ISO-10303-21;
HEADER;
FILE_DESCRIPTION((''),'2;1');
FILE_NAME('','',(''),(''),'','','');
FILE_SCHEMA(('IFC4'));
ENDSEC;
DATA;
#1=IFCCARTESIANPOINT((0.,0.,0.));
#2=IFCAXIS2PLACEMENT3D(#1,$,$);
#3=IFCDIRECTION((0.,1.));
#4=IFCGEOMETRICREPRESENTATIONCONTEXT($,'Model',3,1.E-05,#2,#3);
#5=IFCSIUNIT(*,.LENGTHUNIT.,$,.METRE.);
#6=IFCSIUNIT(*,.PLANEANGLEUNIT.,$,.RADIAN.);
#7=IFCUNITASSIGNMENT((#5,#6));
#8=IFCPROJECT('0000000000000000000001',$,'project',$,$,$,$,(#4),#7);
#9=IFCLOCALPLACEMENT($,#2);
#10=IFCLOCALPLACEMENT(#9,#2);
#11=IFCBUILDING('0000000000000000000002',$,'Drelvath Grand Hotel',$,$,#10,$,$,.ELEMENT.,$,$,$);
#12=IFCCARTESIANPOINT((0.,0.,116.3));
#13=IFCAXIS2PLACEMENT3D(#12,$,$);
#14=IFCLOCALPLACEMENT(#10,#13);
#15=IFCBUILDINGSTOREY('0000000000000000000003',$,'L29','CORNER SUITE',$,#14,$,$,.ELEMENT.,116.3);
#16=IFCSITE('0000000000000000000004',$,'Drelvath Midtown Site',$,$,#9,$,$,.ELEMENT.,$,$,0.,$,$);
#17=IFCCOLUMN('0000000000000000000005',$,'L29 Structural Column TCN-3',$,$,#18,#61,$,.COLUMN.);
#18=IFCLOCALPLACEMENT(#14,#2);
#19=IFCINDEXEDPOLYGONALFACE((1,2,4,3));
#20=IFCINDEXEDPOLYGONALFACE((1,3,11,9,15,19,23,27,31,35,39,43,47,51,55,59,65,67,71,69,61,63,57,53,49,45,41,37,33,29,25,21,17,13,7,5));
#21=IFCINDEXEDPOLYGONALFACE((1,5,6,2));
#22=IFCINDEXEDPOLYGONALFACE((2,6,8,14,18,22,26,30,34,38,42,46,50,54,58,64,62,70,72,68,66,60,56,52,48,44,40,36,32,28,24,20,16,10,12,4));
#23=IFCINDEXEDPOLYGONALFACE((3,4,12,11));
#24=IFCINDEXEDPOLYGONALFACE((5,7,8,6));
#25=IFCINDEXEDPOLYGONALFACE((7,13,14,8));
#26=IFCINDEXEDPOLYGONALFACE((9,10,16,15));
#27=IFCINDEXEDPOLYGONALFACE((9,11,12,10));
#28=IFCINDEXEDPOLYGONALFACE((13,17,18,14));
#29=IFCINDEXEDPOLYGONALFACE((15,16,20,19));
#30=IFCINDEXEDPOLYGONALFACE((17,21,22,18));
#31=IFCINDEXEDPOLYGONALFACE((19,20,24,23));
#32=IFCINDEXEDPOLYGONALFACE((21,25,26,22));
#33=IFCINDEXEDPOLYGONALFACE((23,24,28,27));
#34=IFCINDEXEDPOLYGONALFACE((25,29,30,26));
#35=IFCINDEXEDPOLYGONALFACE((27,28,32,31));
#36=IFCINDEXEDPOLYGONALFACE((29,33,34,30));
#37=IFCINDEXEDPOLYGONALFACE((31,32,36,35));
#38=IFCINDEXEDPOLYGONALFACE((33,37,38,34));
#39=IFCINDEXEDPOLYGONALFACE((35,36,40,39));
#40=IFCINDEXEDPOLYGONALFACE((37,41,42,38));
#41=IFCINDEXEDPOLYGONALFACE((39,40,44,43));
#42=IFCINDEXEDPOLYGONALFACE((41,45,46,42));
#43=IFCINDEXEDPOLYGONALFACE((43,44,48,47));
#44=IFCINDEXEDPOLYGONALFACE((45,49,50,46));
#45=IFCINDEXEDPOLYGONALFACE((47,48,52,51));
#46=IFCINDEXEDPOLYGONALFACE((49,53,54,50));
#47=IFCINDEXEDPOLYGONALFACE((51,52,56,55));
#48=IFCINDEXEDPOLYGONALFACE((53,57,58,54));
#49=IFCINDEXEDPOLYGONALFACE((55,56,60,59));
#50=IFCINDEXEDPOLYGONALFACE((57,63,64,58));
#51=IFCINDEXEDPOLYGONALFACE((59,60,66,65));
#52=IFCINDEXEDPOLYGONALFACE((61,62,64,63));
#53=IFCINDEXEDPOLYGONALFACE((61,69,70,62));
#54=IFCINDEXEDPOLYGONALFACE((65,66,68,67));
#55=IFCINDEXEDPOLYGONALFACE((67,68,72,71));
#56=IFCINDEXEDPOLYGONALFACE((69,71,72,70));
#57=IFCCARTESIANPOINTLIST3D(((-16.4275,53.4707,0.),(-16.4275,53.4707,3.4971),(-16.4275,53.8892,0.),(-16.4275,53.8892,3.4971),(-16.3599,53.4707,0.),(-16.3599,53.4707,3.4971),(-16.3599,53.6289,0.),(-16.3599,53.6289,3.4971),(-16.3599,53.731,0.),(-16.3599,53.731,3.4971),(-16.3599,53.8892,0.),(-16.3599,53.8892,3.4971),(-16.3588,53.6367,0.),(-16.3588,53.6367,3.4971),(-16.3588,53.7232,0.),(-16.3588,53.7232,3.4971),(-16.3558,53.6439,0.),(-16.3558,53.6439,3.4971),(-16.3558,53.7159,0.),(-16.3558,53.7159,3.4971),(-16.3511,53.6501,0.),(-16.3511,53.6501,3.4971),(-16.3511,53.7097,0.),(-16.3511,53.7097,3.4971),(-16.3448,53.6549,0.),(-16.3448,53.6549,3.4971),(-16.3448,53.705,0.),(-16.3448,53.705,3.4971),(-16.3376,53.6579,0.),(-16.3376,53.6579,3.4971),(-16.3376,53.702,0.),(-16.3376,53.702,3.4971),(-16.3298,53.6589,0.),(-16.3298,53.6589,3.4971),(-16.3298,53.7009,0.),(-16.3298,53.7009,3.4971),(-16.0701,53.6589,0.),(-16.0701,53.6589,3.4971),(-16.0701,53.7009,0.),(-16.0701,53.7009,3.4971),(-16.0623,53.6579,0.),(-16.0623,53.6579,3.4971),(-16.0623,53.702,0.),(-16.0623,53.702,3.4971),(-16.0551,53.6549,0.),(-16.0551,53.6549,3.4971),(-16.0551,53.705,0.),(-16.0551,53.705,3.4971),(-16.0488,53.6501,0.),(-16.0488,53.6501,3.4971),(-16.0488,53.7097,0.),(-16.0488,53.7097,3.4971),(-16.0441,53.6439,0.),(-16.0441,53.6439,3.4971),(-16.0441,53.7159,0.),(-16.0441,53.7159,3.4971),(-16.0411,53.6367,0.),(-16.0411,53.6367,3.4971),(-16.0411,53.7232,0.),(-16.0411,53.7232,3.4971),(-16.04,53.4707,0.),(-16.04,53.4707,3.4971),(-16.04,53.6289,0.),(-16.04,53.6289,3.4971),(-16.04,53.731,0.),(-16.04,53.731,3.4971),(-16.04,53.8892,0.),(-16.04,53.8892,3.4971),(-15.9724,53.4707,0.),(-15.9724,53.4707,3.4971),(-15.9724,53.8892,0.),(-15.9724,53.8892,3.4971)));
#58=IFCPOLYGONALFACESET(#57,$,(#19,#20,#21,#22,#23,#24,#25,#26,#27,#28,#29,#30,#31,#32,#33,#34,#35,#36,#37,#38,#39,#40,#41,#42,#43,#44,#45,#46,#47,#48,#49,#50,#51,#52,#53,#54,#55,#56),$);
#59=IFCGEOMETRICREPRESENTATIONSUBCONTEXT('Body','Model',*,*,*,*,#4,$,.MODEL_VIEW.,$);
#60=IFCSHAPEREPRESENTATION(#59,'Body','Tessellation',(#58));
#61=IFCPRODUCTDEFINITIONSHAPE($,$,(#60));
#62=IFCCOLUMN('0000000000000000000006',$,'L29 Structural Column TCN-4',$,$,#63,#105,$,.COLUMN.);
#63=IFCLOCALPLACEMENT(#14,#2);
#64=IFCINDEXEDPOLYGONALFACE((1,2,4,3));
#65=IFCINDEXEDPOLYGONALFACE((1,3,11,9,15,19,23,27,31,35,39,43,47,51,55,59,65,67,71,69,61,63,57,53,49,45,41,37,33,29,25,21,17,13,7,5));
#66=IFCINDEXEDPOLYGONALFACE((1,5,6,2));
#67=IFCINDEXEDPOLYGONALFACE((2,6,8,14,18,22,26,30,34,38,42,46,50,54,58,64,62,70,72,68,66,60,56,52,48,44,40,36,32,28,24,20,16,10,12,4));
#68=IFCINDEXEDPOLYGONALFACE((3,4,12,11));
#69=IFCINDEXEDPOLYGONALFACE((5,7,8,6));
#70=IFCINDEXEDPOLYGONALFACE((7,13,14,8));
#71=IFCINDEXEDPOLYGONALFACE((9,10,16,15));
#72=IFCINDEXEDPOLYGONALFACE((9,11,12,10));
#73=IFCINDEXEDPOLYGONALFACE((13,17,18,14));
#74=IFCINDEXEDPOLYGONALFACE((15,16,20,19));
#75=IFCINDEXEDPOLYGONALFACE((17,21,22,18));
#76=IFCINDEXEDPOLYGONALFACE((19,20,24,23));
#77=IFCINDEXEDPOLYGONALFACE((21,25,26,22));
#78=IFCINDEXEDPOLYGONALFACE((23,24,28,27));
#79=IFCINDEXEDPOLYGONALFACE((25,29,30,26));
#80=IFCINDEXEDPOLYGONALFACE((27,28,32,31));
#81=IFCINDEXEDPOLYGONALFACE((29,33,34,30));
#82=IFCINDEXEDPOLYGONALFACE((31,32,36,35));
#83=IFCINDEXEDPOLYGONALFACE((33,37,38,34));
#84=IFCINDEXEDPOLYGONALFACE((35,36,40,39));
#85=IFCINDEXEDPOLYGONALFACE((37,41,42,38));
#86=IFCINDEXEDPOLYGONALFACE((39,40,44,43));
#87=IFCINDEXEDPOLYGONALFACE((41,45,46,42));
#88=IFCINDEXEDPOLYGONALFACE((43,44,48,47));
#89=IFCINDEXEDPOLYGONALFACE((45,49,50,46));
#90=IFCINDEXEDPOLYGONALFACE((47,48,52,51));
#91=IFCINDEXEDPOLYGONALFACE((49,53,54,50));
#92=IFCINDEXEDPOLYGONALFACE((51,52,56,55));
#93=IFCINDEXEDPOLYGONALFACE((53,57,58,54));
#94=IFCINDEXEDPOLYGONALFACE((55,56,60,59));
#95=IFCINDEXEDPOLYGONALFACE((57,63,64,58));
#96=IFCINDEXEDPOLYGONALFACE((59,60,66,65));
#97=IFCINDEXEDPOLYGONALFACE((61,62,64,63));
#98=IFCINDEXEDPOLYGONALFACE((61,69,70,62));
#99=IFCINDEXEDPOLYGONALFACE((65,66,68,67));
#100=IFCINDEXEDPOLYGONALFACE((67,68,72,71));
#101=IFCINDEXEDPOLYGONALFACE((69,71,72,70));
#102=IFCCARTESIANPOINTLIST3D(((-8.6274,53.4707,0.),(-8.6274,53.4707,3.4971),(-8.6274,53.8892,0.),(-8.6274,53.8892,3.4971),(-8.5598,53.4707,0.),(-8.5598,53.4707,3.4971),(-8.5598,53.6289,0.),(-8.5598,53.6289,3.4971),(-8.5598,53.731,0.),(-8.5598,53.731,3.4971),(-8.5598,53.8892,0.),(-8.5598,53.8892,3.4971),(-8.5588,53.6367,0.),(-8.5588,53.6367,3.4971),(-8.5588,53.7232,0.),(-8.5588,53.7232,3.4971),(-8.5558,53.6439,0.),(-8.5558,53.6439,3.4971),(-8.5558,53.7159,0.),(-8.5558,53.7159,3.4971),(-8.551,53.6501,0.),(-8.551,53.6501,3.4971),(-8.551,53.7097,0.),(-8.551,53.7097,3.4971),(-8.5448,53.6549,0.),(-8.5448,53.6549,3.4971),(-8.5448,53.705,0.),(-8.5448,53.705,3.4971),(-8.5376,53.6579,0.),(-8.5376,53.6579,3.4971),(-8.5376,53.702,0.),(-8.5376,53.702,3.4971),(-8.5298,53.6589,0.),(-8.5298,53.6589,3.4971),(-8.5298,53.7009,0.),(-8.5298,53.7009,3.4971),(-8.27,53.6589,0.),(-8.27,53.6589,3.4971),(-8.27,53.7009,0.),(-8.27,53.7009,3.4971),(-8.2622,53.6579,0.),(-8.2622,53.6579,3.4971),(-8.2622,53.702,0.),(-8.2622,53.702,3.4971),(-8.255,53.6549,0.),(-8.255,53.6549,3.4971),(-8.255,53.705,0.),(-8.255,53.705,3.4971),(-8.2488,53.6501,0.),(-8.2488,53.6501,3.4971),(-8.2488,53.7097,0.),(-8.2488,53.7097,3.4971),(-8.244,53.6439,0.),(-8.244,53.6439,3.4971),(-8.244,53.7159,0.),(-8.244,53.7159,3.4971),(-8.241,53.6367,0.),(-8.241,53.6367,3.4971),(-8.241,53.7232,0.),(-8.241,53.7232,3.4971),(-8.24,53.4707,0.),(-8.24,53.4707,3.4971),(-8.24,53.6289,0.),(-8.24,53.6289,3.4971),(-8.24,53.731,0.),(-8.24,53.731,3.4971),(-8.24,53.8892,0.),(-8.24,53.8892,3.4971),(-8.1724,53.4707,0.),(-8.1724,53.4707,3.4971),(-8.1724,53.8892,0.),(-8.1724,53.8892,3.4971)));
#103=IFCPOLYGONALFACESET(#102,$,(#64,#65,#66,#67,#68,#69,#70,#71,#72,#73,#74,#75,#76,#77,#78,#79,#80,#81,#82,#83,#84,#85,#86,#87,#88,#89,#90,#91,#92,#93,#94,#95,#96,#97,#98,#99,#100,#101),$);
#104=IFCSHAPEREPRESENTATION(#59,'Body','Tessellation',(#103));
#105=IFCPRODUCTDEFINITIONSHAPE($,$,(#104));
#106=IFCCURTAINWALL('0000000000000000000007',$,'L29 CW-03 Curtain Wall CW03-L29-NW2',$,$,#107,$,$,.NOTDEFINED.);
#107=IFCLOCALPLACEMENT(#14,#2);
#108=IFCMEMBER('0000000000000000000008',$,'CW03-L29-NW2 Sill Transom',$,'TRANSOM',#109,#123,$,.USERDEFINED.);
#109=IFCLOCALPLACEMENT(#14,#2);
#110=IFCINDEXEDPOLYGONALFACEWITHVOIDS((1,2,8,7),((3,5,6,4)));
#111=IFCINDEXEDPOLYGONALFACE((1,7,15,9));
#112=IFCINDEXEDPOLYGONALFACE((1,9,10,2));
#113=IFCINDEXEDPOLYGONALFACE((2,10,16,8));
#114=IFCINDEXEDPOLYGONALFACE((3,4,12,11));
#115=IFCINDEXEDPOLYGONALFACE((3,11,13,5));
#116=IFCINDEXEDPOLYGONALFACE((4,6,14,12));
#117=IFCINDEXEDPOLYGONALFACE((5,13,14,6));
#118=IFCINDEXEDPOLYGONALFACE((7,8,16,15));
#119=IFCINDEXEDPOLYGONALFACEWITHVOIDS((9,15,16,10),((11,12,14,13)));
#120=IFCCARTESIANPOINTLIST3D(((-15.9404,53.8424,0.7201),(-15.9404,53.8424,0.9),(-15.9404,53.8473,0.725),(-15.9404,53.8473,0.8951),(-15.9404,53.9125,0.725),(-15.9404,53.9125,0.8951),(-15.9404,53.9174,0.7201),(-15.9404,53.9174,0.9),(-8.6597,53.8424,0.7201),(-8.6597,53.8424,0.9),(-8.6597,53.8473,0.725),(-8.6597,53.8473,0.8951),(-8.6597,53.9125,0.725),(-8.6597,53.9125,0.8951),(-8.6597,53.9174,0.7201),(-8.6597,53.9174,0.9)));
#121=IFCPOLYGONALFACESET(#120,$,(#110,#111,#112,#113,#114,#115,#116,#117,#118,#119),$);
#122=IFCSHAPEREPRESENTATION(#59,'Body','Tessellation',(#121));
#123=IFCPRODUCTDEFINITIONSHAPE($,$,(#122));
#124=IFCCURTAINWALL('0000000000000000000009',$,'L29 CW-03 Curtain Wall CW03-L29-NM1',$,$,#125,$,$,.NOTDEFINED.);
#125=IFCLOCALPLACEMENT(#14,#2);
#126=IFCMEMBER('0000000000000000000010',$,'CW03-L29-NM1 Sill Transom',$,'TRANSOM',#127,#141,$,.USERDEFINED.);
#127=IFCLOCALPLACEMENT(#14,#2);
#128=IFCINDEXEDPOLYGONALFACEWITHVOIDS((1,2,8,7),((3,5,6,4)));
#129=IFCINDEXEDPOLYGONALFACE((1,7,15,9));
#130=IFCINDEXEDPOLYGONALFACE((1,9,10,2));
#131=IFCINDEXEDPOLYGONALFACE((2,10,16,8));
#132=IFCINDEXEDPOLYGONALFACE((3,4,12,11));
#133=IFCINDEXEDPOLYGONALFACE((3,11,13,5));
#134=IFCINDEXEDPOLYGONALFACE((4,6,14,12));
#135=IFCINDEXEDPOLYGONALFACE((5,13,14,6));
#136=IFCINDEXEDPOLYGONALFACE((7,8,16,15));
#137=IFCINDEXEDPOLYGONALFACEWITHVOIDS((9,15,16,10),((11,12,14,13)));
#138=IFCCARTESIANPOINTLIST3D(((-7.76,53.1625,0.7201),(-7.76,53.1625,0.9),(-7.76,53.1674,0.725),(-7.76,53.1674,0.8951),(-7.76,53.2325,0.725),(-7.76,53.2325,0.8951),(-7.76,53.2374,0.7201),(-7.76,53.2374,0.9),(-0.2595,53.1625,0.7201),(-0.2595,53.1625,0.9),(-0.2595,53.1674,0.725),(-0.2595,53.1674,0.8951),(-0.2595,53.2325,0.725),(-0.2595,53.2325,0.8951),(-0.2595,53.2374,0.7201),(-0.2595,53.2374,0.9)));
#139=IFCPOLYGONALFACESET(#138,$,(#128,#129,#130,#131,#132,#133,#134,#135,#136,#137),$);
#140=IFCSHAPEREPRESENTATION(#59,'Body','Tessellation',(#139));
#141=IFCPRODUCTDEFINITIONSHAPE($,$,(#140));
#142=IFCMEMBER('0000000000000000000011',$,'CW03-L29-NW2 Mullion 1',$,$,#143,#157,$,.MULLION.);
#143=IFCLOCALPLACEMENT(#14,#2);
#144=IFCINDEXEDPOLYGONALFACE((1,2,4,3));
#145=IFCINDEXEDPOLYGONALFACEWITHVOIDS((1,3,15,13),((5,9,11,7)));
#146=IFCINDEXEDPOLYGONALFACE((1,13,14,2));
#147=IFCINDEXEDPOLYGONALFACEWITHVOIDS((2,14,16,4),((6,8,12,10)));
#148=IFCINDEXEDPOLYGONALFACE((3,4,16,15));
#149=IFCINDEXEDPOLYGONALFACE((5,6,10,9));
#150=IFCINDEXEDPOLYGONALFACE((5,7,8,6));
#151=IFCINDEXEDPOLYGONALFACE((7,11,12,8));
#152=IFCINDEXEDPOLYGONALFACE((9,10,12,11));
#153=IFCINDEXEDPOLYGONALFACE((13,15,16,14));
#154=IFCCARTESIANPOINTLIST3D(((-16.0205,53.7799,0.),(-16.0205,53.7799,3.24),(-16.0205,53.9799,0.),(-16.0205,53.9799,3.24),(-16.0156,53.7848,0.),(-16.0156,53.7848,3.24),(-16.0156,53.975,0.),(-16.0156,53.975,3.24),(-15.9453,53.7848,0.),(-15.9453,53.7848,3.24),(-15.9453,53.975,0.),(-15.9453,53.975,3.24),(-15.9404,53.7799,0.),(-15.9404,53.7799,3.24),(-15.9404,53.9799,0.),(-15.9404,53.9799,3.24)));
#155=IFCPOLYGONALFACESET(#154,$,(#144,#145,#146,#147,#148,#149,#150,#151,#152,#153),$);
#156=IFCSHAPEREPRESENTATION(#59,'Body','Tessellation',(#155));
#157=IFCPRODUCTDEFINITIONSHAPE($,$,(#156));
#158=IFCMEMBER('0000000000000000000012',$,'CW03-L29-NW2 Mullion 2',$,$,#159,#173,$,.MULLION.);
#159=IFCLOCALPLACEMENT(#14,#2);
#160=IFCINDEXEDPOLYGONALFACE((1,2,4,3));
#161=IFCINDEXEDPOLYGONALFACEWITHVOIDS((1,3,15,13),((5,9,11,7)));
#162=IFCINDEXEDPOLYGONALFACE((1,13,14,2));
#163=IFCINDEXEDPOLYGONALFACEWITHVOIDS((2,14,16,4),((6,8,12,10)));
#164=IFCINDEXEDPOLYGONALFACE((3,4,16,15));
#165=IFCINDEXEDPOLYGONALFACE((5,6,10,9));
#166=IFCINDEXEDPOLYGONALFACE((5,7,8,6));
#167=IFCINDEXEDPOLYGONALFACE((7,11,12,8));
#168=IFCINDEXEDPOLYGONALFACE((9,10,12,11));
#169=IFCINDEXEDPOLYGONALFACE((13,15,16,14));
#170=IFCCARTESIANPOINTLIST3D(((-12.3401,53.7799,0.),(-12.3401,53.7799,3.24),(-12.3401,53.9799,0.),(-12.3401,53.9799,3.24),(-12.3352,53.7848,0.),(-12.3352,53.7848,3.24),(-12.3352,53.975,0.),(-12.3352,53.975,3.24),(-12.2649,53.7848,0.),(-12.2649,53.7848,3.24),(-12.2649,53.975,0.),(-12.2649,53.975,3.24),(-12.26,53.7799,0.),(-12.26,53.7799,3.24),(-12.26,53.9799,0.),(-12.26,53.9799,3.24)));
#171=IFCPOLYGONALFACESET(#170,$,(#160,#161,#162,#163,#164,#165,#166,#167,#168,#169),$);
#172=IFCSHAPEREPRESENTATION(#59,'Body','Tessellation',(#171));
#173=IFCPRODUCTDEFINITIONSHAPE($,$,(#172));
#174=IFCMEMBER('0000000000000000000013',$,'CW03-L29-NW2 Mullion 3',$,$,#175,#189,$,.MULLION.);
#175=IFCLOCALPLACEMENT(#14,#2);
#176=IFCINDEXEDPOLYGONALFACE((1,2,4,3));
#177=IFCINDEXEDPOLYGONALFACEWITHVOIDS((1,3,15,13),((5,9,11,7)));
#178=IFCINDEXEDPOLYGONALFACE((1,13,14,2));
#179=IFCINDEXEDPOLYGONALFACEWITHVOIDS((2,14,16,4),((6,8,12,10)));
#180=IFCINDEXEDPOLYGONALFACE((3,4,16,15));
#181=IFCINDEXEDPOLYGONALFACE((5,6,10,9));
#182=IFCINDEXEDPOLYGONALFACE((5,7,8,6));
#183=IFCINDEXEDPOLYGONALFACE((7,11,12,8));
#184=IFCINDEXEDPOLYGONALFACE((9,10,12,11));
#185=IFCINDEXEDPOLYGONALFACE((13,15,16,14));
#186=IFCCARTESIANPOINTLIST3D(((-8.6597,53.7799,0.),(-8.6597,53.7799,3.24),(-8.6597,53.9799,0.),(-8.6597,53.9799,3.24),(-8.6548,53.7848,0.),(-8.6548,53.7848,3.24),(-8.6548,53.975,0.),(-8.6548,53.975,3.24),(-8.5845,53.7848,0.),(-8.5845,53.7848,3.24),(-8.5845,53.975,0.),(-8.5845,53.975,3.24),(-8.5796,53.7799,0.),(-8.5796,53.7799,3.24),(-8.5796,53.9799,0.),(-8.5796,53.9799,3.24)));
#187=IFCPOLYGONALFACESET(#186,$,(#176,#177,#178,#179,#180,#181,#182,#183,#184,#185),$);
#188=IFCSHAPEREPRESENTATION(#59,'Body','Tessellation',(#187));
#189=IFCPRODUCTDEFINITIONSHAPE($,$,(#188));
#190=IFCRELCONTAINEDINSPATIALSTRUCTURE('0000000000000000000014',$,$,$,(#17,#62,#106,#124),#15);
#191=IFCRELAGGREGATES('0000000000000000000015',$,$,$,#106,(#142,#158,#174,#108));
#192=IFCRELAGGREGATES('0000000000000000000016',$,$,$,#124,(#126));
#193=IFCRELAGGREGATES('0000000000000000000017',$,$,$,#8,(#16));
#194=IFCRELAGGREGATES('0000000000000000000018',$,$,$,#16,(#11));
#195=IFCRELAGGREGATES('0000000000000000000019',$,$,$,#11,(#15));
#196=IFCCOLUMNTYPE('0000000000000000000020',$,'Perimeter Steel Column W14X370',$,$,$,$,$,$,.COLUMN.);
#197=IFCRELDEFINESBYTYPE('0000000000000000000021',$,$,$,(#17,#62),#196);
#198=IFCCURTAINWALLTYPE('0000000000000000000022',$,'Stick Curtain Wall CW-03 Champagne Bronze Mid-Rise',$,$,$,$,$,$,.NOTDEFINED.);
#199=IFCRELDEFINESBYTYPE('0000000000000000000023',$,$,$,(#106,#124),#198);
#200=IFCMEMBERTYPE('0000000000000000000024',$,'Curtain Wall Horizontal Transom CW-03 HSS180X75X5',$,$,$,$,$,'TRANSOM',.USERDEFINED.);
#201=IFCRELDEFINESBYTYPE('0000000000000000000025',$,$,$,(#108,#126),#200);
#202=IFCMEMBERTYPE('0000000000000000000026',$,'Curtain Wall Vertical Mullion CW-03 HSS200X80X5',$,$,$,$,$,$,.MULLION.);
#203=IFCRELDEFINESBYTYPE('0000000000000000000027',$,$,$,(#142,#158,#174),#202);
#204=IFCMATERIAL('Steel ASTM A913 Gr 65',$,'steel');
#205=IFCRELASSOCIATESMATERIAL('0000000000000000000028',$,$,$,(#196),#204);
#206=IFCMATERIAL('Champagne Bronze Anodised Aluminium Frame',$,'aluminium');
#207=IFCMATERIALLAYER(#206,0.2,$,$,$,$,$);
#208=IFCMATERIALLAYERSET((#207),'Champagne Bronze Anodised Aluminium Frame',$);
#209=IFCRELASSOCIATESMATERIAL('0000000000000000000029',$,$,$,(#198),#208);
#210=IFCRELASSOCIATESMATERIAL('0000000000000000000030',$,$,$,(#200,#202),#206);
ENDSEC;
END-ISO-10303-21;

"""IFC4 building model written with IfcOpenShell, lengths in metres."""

from ifc_helpers import new_model, si_unit, direction, frame, origin, origin_2d, place, context, subcontext, project, spatial, hollow_rectangle, i_section, extrude, material, layer, layer_set, material_profile, profile_set, type_object, element, aggregate, save


model = new_model("IFC4")

# Units and contexts
model_context = context("Model", 3, precision=1e-05, world=origin(), true_north=direction((0.0, 1.0)))
body_context = subcontext(model_context, "Body", "Model", "MODEL_VIEW")
ifc_project = project(units=[si_unit("LENGTHUNIT", "METRE"), si_unit("PLANEANGLEUNIT", "RADIAN")], contexts=[model_context])

# Site, building, storey
site_placement = place(None, origin())
site = spatial("IfcSite", under=ifc_project, at=site_placement, Name="Drelvath Midtown Site", CompositionType="ELEMENT", RefElevation=0.0)
building_placement = place(site_placement, origin())
building = spatial("IfcBuilding", under=site, at=building_placement, Name="Drelvath Grand Hotel", CompositionType="ELEMENT")
storey_placement = place(building_placement, frame((0.0, 0.0, 116.3)))
storey = spatial("IfcBuildingStorey", under=building, at=storey_placement, Name="L29", Description="CORNER SUITE", CompositionType="ELEMENT", Elevation=116.3)

# Columns
ifc_material_1 = material(Name="Steel ASTM A913 Gr 65", Category="steel")
ifc_material_profile_1 = material_profile(ifc_material_1, i_section(OverallWidth=0.4185, OverallDepth=0.4551, WebThickness=0.042, FlangeThickness=0.0676, FilletRadius=0.03, at=origin_2d()), Name="W14X370")
ifc_profile_set_1 = profile_set([ifc_material_profile_1], Name="Steel ASTM A913 Gr 65")
column_type = type_object("IfcColumnType", Name="Perimeter Steel Column W14X370", PredefinedType="COLUMN", material=ifc_profile_set_1)
for number, where, z_axis, x_axis, name in (
    (1, (-16.2, 53.6799, 0.0), (0.0, 0.0, 1.0), (0.0, 1.0, 0.0), "L29 Structural Column TCN-3"),
    (2, (-8.3999, 53.6799, 0.0), (0.0, 0.0, 1.0), (0.0, 1.0, 0.0), "L29 Structural Column TCN-4"),
):
    element("IfcColumn", number, at=place(storey_placement, frame(where, z_axis=z_axis, x_axis=x_axis)), inside=storey, type_object=column_type, Name=name, PredefinedType="COLUMN", context=body_context, shape_type="SweptSolid", body=[
        extrude(i_section(OverallWidth=0.4185, OverallDepth=0.4551, WebThickness=0.042, FlangeThickness=0.0676, FilletRadius=0.03, at=origin_2d()), origin(), (0.0, 0.0, 1.0), 3.4971),
    ])

# Curtain walls, members
ifc_material_2 = material(Name="Champagne Bronze Anodised Aluminium Frame", Category="aluminium")
ifc_layer_1 = layer(ifc_material_2, 0.2)
ifc_layer_set_1 = layer_set([ifc_layer_1], Name="Champagne Bronze Anodised Aluminium Frame")
curtain_wall_type = type_object("IfcCurtainWallType", Name="Stick Curtain Wall CW-03 Champagne Bronze Mid-Rise", PredefinedType="NOTDEFINED", material=ifc_layer_set_1)
curtain_wall_1_placement = place(storey_placement, origin())
curtain_wall_1 = element("IfcCurtainWall", 3, at=curtain_wall_1_placement, inside=storey, type_object=curtain_wall_type, Name="L29 CW-03 Curtain Wall CW03-L29-NW2", PredefinedType="NOTDEFINED")
ifc_material_profile_2 = material_profile(ifc_material_2, hollow_rectangle(XDim=0.075, YDim=0.1799, WallThickness=0.0049, at=origin_2d()), Name="HSS180X75X5")
ifc_profile_set_2 = profile_set([ifc_material_profile_2], Name="Champagne Bronze Anodised Aluminium Frame")
member_type_1 = type_object("IfcMemberType", Name="Curtain Wall Horizontal Transom CW-03 HSS180X75X5", ElementType="TRANSOM", PredefinedType="USERDEFINED", material=ifc_profile_set_2)
member_1_placement = place(storey_placement, frame((-15.9404, 53.8799, 0.8101), z_axis=(1.0, 0.0, 0.0), x_axis=(0.0, 1.0, 0.0)))
member_1 = element("IfcMember", 4, at=member_1_placement, type_object=member_type_1, Name="CW03-L29-NW2 Sill Transom", ObjectType="TRANSOM", PredefinedType="USERDEFINED", context=body_context, shape_type="SweptSolid", body=[
    extrude(hollow_rectangle(XDim=0.075, YDim=0.1799, WallThickness=0.0049, at=origin_2d()), origin(), (0.0, 0.0, 1.0), 7.2808),
])
curtain_wall_2_placement = place(storey_placement, origin())
curtain_wall_2 = element("IfcCurtainWall", 5, at=curtain_wall_2_placement, inside=storey, type_object=curtain_wall_type, Name="L29 CW-03 Curtain Wall CW03-L29-NM1", PredefinedType="NOTDEFINED")
member_2_placement = place(storey_placement, frame((-7.76, 53.2, 0.8101), z_axis=(1.0, 0.0, 0.0), x_axis=(0.0, 1.0, 0.0)))
member_2 = element("IfcMember", 6, at=member_2_placement, type_object=member_type_1, Name="CW03-L29-NM1 Sill Transom", ObjectType="TRANSOM", PredefinedType="USERDEFINED", context=body_context, shape_type="SweptSolid", body=[
    extrude(hollow_rectangle(XDim=0.075, YDim=0.1799, WallThickness=0.0049, at=origin_2d()), origin(), (0.0, 0.0, 1.0), 7.5005),
])

# Members
ifc_material_profile_3 = material_profile(ifc_material_2, hollow_rectangle(XDim=0.0801, YDim=0.2, WallThickness=0.0049, at=origin_2d()), Name="HSS200X80X5")
ifc_profile_set_3 = profile_set([ifc_material_profile_3], Name="Champagne Bronze Anodised Aluminium Frame")
member_type_2 = type_object("IfcMemberType", Name="Curtain Wall Vertical Mullion CW-03 HSS200X80X5", PredefinedType="MULLION", material=ifc_profile_set_3)
member_3_placement = place(storey_placement, frame((-15.9805, 53.8799, 0.0), z_axis=(0.0, 0.0, 1.0), x_axis=(1.0, 0.0, 0.0)))
member_3 = element("IfcMember", 7, at=member_3_placement, type_object=member_type_2, Name="CW03-L29-NW2 Mullion 1", PredefinedType="MULLION", context=body_context, shape_type="SweptSolid", body=[
    extrude(hollow_rectangle(XDim=0.0801, YDim=0.2, WallThickness=0.0049, at=origin_2d()), origin(), (0.0, 0.0, 1.0), 3.24),
])
member_4_placement = place(storey_placement, frame((-12.3, 53.8799, 0.0), z_axis=(0.0, 0.0, 1.0), x_axis=(1.0, 0.0, 0.0)))
member_4 = element("IfcMember", 8, at=member_4_placement, type_object=member_type_2, Name="CW03-L29-NW2 Mullion 2", PredefinedType="MULLION", context=body_context, shape_type="SweptSolid", body=[
    extrude(hollow_rectangle(XDim=0.0801, YDim=0.2, WallThickness=0.0049, at=origin_2d()), origin(), (0.0, 0.0, 1.0), 3.24),
])
member_5_placement = place(storey_placement, frame((-8.6196, 53.8799, 0.0), z_axis=(0.0, 0.0, 1.0), x_axis=(1.0, 0.0, 0.0)))
member_5 = element("IfcMember", 9, at=member_5_placement, type_object=member_type_2, Name="CW03-L29-NW2 Mullion 3", PredefinedType="MULLION", context=body_context, shape_type="SweptSolid", body=[
    extrude(hollow_rectangle(XDim=0.0801, YDim=0.2, WallThickness=0.0049, at=origin_2d()), origin(), (0.0, 0.0, 1.0), 3.24),
])

aggregate(curtain_wall_1, [member_3, member_4, member_5, member_1])
aggregate(curtain_wall_2, [member_2])

save(model, "model.ifc")
